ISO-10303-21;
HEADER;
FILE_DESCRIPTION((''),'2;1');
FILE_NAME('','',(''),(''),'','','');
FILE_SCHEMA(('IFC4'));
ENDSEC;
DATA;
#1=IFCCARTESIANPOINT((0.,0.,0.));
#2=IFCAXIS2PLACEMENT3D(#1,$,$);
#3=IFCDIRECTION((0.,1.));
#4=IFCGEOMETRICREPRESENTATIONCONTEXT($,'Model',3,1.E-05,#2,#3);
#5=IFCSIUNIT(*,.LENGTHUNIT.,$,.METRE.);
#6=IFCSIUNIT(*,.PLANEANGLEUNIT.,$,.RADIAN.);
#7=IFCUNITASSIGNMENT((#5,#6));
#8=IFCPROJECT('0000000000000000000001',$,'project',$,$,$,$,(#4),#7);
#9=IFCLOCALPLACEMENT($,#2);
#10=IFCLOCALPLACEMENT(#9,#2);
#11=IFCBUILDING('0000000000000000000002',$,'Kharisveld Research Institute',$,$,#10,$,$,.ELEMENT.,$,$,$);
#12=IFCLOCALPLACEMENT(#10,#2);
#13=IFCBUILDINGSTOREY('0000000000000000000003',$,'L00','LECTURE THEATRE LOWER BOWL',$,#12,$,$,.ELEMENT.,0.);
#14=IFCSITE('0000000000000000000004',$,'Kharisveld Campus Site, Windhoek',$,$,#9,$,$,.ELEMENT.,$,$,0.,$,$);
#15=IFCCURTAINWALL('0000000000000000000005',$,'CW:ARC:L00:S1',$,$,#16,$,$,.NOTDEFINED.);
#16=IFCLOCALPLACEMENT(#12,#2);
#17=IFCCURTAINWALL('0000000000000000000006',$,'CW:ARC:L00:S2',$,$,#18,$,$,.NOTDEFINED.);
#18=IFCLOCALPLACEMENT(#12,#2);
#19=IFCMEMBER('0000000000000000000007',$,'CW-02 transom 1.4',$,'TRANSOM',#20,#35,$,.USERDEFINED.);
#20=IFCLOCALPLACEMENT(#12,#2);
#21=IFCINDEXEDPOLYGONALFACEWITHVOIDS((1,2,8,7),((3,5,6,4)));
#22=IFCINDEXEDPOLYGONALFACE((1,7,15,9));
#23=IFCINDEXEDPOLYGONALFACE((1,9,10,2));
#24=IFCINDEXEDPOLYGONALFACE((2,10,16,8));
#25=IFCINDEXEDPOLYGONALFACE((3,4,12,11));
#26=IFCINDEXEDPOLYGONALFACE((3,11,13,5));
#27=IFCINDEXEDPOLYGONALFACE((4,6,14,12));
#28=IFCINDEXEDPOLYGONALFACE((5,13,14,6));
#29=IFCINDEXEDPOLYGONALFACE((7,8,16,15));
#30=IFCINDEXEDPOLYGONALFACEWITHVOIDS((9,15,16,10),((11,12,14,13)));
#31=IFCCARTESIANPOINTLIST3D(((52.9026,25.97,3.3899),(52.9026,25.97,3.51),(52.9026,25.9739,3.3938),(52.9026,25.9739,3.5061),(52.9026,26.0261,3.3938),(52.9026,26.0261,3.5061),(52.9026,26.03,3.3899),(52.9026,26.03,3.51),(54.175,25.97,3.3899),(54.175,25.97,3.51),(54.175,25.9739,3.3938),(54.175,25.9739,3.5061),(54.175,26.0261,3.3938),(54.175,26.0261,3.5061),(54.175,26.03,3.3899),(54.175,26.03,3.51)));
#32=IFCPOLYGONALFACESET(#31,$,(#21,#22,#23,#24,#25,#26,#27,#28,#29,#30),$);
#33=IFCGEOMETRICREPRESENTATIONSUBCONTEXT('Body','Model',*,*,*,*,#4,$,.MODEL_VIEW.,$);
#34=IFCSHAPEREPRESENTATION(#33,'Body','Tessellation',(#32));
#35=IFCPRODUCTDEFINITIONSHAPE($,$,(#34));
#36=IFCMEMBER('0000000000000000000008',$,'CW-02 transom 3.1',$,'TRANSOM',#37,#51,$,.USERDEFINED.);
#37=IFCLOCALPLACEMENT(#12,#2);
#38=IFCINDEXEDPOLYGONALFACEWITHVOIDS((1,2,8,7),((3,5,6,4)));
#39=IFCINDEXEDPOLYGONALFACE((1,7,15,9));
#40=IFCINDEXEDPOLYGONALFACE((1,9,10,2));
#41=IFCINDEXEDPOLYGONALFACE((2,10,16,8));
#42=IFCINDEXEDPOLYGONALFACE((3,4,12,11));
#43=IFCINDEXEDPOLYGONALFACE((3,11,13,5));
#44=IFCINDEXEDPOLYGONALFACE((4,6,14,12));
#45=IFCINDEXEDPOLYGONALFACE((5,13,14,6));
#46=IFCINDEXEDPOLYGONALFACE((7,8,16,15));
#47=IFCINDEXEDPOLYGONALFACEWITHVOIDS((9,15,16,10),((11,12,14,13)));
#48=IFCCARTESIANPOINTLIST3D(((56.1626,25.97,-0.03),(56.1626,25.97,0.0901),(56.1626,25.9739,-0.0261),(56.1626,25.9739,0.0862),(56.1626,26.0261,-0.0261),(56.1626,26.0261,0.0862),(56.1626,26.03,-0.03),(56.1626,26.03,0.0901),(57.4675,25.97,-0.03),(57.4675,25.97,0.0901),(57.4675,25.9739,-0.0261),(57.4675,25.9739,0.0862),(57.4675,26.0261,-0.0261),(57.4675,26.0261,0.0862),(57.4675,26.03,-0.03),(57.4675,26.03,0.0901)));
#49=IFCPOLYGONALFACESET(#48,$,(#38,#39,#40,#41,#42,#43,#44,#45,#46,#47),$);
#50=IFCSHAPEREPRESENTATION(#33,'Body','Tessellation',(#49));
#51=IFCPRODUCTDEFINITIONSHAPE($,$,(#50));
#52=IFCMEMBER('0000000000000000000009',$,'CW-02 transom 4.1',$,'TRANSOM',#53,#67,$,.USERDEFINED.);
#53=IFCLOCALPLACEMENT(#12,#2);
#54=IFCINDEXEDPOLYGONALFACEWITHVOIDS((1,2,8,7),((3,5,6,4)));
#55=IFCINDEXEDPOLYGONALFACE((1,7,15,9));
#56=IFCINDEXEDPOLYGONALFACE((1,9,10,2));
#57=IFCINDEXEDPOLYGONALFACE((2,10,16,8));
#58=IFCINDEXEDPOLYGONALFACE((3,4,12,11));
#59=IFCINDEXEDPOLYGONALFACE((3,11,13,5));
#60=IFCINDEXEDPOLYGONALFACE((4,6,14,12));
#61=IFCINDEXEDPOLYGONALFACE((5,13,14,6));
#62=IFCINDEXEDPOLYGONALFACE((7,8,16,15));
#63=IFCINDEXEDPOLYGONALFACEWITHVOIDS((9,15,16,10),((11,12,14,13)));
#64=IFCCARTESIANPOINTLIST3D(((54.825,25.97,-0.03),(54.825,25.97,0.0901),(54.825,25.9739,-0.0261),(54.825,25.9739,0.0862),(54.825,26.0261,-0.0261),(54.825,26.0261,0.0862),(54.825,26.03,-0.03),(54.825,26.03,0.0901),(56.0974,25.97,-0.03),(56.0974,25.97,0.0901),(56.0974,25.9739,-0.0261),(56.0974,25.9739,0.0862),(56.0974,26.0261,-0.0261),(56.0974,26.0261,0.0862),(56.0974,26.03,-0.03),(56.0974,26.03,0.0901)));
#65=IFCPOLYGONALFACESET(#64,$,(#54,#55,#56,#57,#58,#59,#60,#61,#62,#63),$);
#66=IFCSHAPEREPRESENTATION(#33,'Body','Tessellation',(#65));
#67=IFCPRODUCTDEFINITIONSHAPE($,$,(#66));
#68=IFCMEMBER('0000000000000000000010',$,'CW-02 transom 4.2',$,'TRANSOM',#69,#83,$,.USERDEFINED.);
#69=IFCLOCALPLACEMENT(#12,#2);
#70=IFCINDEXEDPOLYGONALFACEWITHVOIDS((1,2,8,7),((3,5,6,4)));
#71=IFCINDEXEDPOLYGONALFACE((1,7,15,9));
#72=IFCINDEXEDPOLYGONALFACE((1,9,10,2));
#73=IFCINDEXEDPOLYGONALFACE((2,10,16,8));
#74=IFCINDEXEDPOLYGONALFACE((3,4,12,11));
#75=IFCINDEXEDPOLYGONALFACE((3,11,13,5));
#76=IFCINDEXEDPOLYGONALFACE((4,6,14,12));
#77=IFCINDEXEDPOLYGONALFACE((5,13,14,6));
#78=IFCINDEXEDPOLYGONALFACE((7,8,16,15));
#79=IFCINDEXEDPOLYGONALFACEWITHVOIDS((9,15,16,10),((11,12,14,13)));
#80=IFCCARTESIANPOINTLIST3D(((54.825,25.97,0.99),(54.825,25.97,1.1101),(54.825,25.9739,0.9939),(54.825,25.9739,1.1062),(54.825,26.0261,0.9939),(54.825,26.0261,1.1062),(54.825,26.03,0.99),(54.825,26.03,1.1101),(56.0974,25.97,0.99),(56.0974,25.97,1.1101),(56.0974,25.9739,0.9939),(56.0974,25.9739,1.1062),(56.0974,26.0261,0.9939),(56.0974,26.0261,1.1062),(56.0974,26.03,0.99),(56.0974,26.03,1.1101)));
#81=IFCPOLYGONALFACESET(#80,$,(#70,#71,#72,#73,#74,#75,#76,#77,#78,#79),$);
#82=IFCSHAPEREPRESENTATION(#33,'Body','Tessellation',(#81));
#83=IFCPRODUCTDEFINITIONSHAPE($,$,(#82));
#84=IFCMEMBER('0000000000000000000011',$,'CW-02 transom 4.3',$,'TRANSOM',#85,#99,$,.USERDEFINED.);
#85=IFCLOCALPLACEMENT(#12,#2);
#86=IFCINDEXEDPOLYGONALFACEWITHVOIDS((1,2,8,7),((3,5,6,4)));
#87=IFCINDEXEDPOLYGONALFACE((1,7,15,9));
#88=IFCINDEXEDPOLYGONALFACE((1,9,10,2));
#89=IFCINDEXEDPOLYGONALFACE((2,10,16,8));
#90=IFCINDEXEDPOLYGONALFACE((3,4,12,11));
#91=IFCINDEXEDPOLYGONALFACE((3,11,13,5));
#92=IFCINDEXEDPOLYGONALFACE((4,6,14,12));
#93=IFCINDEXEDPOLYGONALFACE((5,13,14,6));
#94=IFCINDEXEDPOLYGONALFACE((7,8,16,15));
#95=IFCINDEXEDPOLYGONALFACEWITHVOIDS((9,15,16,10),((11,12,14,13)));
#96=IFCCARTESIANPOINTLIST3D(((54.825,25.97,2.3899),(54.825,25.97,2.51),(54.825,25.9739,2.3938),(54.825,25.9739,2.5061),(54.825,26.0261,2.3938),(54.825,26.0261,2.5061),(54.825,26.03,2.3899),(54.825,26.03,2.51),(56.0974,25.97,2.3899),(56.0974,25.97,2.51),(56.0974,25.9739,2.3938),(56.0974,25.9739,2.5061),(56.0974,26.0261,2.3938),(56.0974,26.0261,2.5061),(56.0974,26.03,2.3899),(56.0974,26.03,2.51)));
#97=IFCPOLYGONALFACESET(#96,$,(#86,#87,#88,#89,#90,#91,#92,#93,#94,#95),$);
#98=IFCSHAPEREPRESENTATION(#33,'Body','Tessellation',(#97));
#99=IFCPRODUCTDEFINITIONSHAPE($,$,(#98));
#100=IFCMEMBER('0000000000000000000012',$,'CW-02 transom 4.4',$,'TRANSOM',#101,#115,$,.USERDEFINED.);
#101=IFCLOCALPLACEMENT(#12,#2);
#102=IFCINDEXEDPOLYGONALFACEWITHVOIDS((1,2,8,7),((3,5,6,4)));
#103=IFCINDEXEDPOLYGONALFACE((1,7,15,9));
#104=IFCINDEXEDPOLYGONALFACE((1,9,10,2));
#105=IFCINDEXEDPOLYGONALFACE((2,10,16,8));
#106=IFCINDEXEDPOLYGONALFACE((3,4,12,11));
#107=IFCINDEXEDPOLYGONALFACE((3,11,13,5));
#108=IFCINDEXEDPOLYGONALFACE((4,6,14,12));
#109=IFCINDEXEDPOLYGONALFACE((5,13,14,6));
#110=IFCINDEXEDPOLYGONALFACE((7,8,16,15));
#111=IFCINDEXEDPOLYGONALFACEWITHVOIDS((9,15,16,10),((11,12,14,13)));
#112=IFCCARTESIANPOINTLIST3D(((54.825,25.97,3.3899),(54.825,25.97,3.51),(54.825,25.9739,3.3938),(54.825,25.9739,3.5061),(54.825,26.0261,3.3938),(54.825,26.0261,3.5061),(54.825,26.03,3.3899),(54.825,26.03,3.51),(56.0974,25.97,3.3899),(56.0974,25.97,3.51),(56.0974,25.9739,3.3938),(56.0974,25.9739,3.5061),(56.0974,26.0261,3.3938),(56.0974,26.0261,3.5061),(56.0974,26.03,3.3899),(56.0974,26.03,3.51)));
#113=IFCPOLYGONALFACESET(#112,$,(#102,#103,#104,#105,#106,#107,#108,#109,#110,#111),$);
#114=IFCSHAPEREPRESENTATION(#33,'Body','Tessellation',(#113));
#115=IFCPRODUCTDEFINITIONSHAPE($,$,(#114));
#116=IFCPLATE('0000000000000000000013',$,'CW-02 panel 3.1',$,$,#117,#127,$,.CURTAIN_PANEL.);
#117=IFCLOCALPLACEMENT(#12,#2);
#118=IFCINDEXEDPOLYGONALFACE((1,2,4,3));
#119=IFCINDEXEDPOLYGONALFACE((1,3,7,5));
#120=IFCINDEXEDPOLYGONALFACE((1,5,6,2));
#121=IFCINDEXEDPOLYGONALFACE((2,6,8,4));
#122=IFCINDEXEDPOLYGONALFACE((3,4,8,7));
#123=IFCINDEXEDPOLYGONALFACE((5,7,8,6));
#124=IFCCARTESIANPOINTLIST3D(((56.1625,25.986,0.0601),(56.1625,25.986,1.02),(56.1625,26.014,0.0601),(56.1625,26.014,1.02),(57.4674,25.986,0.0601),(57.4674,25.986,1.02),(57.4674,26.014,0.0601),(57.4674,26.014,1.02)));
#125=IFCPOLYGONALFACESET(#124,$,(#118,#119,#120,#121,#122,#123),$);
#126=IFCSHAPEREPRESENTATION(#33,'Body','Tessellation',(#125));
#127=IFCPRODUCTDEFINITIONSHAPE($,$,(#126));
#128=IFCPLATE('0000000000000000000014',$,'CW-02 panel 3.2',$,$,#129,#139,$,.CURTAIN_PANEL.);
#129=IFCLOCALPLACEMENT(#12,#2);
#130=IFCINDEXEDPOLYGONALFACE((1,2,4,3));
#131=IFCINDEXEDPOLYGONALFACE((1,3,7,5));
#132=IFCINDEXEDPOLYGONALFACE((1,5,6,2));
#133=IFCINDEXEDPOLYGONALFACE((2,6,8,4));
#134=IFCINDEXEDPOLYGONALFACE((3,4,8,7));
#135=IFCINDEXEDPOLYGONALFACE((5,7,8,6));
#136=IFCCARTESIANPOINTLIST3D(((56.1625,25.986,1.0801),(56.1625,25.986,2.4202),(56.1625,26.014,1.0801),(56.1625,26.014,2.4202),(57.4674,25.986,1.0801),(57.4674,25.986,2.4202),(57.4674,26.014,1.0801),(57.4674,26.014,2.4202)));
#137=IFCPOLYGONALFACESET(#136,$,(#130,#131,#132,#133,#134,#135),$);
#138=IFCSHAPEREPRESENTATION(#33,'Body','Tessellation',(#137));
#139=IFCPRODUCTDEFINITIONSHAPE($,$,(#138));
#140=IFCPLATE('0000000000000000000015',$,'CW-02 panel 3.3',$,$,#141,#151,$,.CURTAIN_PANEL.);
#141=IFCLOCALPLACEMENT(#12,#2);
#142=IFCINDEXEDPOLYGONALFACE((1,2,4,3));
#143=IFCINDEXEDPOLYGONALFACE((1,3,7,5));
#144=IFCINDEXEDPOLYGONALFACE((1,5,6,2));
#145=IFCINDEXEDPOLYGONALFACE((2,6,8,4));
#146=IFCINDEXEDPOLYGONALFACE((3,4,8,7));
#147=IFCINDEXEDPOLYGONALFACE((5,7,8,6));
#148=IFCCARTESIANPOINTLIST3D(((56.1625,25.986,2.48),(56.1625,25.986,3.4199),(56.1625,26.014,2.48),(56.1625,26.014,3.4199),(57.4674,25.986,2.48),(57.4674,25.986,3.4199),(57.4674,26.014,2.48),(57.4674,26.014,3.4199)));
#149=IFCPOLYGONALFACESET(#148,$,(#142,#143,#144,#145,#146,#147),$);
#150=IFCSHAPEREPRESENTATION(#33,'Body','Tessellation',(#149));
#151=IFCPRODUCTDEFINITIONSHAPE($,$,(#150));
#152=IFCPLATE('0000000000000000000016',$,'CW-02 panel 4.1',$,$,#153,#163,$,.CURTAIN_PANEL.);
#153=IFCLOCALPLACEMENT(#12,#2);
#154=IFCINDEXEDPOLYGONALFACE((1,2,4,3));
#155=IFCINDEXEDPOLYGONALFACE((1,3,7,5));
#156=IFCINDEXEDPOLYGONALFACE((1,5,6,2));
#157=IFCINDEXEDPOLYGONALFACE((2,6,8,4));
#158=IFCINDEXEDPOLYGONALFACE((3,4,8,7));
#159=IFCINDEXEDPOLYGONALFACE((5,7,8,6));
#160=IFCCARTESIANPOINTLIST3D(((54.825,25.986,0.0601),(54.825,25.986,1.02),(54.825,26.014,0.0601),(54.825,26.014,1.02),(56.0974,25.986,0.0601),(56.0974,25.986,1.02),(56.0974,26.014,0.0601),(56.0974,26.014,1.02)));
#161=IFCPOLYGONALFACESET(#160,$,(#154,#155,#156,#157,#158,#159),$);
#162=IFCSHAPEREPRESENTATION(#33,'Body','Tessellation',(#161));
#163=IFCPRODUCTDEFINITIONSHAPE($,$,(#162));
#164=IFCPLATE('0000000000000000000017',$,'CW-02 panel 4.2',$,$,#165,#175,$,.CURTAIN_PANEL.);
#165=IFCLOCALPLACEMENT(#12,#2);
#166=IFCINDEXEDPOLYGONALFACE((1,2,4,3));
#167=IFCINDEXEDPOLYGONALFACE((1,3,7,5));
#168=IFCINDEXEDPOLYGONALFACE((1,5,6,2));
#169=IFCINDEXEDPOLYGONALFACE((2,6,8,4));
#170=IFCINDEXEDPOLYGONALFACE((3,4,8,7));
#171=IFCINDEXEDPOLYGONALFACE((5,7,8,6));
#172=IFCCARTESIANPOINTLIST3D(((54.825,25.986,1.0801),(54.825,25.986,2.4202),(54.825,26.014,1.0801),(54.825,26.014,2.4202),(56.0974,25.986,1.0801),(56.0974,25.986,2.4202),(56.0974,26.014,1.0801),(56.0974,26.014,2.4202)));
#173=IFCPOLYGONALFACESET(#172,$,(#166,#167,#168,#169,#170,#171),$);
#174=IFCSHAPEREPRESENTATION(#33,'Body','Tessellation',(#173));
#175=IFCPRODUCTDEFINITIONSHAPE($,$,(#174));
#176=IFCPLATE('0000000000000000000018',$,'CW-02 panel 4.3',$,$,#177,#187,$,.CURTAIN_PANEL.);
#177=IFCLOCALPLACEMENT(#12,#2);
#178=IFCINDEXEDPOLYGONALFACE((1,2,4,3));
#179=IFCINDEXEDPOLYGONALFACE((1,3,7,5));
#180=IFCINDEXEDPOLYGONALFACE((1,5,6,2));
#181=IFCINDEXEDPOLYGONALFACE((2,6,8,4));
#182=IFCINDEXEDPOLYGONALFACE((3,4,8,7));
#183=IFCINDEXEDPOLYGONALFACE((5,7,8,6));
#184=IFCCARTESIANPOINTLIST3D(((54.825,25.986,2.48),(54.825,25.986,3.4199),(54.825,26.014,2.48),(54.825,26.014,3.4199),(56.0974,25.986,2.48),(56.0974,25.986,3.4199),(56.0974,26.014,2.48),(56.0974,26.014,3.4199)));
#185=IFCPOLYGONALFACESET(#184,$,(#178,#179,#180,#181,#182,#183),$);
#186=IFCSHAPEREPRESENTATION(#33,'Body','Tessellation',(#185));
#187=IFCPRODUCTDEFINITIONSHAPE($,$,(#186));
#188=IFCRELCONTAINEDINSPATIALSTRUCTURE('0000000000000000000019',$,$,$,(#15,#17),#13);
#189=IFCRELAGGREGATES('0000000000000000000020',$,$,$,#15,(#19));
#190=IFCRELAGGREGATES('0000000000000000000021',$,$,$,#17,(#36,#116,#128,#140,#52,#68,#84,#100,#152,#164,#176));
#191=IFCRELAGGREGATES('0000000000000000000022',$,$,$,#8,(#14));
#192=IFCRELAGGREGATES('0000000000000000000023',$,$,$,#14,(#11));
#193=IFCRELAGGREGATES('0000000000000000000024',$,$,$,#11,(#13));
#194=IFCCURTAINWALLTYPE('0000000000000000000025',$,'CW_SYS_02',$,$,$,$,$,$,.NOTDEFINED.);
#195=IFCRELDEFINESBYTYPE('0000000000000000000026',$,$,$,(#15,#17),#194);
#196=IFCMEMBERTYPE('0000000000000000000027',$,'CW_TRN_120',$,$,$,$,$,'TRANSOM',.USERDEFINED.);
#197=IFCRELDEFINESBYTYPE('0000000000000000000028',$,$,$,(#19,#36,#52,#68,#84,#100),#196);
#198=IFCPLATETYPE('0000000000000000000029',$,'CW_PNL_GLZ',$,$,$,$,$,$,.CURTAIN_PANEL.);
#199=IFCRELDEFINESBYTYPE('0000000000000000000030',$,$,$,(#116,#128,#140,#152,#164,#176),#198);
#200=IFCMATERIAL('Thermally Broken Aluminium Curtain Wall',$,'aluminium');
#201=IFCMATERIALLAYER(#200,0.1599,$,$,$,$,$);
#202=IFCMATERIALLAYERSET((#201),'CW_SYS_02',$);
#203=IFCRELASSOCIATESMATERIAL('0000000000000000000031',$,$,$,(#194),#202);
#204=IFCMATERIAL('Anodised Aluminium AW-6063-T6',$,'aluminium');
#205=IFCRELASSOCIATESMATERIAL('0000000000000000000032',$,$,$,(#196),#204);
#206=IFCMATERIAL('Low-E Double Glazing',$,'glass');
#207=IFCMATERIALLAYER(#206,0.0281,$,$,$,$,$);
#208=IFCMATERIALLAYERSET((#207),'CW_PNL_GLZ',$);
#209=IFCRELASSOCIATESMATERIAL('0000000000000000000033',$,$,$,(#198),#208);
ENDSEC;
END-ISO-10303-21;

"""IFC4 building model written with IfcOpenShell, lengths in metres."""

from ifc_helpers import new_model, si_unit, direction, frame, origin, origin_2d, place, context, subcontext, project, spatial, rectangle, hollow_rectangle, extrude, material, layer, layer_set, material_profile, profile_set, type_object, element, aggregate, save


model = new_model("IFC4")

# Units and contexts
model_context = context("Model", 3, precision=1e-05, world=origin(), true_north=direction((0.0, 1.0)))
body_context = subcontext(model_context, "Body", "Model", "MODEL_VIEW")
ifc_project = project(units=[si_unit("LENGTHUNIT", "METRE"), si_unit("PLANEANGLEUNIT", "RADIAN")], contexts=[model_context])

# Site, building, storey
site_placement = place(None, origin())
site = spatial("IfcSite", under=ifc_project, at=site_placement, Name="Kharisveld Campus Site, Windhoek", CompositionType="ELEMENT", RefElevation=0.0)
building_placement = place(site_placement, origin())
building = spatial("IfcBuilding", under=site, at=building_placement, Name="Kharisveld Research Institute", CompositionType="ELEMENT")
storey_placement = place(building_placement, origin())
storey = spatial("IfcBuildingStorey", under=building, at=storey_placement, Name="L00", Description="LECTURE THEATRE LOWER BOWL", CompositionType="ELEMENT", Elevation=0.0)

# Curtain wall
ifc_material_1 = material(Name="Thermally Broken Aluminium Curtain Wall", Category="aluminium")
ifc_layer_1 = layer(ifc_material_1, 0.1599)
ifc_layer_set_1 = layer_set([ifc_layer_1], Name="CW_SYS_02")
curtain_wall_type = type_object("IfcCurtainWallType", Name="CW_SYS_02", PredefinedType="NOTDEFINED", material=ifc_layer_set_1)
curtain_wall_1_placement = place(storey_placement, origin())
curtain_wall_1 = element("IfcCurtainWall", 1, at=curtain_wall_1_placement, inside=storey, type_object=curtain_wall_type, Name="CW:ARC:L00:S1", PredefinedType="NOTDEFINED")

# Curtain wall
curtain_wall_2_placement = place(storey_placement, origin())
curtain_wall_2 = element("IfcCurtainWall", 2, at=curtain_wall_2_placement, inside=storey, type_object=curtain_wall_type, Name="CW:ARC:L00:S2", PredefinedType="NOTDEFINED")

# Members
ifc_material_2 = material(Name="Anodised Aluminium AW-6063-T6", Category="aluminium")
ifc_material_profile_1 = material_profile(ifc_material_2, hollow_rectangle(XDim=0.0601, YDim=0.1201, WallThickness=0.0039, at=origin_2d()))
ifc_profile_set_1 = profile_set([ifc_material_profile_1], Name="Anodised Aluminium AW-6063-T6")
member_type_1 = type_object("IfcMemberType", Name="CW_TRN_120", ElementType="TRANSOM", PredefinedType="USERDEFINED", material=ifc_profile_set_1)
member_1_placement = place(storey_placement, frame((54.175, 26.0, 3.45), z_axis=(-1.0, 0.0, 0.0), x_axis=(0.0, -1.0, 0.0)))
member_1 = element("IfcMember", 3, at=member_1_placement, type_object=member_type_1, Name="CW-02 transom 1.4", ObjectType="TRANSOM", PredefinedType="USERDEFINED", context=body_context, shape_type="SweptSolid", body=[
    extrude(hollow_rectangle(XDim=0.0601, YDim=0.1201, WallThickness=0.0039, at=origin_2d()), origin(), (0.0, 0.0, 1.0), 1.2725),
])
aggregate(curtain_wall_1, [member_1])
member_2_placement = place(storey_placement, frame((57.4675, 26.0, 0.03), z_axis=(-1.0, 0.0, 0.0), x_axis=(0.0, -1.0, 0.0)))
member_2 = element("IfcMember", 4, at=member_2_placement, type_object=member_type_1, Name="CW-02 transom 3.1", ObjectType="TRANSOM", PredefinedType="USERDEFINED", context=body_context, shape_type="SweptSolid", body=[
    extrude(hollow_rectangle(XDim=0.0601, YDim=0.1201, WallThickness=0.0039, at=origin_2d()), origin(), (0.0, 0.0, 1.0), 1.3049),
])
member_3_placement = place(storey_placement, frame((56.0974, 26.0, 0.03), z_axis=(-1.0, 0.0, 0.0), x_axis=(0.0, -1.0, 0.0)))
member_3 = element("IfcMember", 5, at=member_3_placement, type_object=member_type_1, Name="CW-02 transom 4.1", ObjectType="TRANSOM", PredefinedType="USERDEFINED", context=body_context, shape_type="SweptSolid", body=[
    extrude(hollow_rectangle(XDim=0.0601, YDim=0.1201, WallThickness=0.0039, at=origin_2d()), origin(), (0.0, 0.0, 1.0), 1.2725),
])
member_4_placement = place(storey_placement, frame((56.0974, 26.0, 1.05), z_axis=(-1.0, 0.0, 0.0), x_axis=(0.0, -1.0, 0.0)))
member_4 = element("IfcMember", 6, at=member_4_placement, type_object=member_type_1, Name="CW-02 transom 4.2", ObjectType="TRANSOM", PredefinedType="USERDEFINED", context=body_context, shape_type="SweptSolid", body=[
    extrude(hollow_rectangle(XDim=0.0601, YDim=0.1201, WallThickness=0.0039, at=origin_2d()), origin(), (0.0, 0.0, 1.0), 1.2725),
])
member_5_placement = place(storey_placement, frame((56.0974, 26.0, 2.45), z_axis=(-1.0, 0.0, 0.0), x_axis=(0.0, -1.0, 0.0)))
member_5 = element("IfcMember", 7, at=member_5_placement, type_object=member_type_1, Name="CW-02 transom 4.3", ObjectType="TRANSOM", PredefinedType="USERDEFINED", context=body_context, shape_type="SweptSolid", body=[
    extrude(hollow_rectangle(XDim=0.0601, YDim=0.1201, WallThickness=0.0039, at=origin_2d()), origin(), (0.0, 0.0, 1.0), 1.2725),
])
member_6_placement = place(storey_placement, frame((56.0974, 26.0, 3.45), z_axis=(-1.0, 0.0, 0.0), x_axis=(0.0, -1.0, 0.0)))
member_6 = element("IfcMember", 8, at=member_6_placement, type_object=member_type_1, Name="CW-02 transom 4.4", ObjectType="TRANSOM", PredefinedType="USERDEFINED", context=body_context, shape_type="SweptSolid", body=[
    extrude(hollow_rectangle(XDim=0.0601, YDim=0.1201, WallThickness=0.0039, at=origin_2d()), origin(), (0.0, 0.0, 1.0), 1.2725),
])

# Plates
ifc_material_3 = material(Name="Low-E Double Glazing", Category="glass")
ifc_layer_2 = layer(ifc_material_3, 0.0281)
ifc_layer_set_2 = layer_set([ifc_layer_2], Name="CW_PNL_GLZ")
plate_type = type_object("IfcPlateType", Name="CW_PNL_GLZ", PredefinedType="CURTAIN_PANEL", material=ifc_layer_set_2)
plate_1_placement = place(storey_placement, frame((56.8149, 26.0, 0.0601), z_axis=(0.0, 0.0, 1.0), x_axis=(-1.0, 0.0, 0.0)))
plate_1 = element("IfcPlate", 9, at=plate_1_placement, type_object=plate_type, Name="CW-02 panel 3.1", PredefinedType="CURTAIN_PANEL", context=body_context, shape_type="SweptSolid", body=[
    extrude(rectangle(XDim=1.3049, YDim=0.0281, at=origin_2d()), origin(), (0.0, 0.0, 1.0), 0.96),
])
plate_2_placement = place(storey_placement, frame((56.8149, 26.0, 1.0801), z_axis=(0.0, 0.0, 1.0), x_axis=(-1.0, 0.0, 0.0)))
plate_2 = element("IfcPlate", 10, at=plate_2_placement, type_object=plate_type, Name="CW-02 panel 3.2", PredefinedType="CURTAIN_PANEL", context=body_context, shape_type="SweptSolid", body=[
    extrude(rectangle(XDim=1.3049, YDim=0.0281, at=origin_2d()), origin(), (0.0, 0.0, 1.0), 1.3401),
])
plate_3_placement = place(storey_placement, frame((56.8149, 26.0, 2.48), z_axis=(0.0, 0.0, 1.0), x_axis=(-1.0, 0.0, 0.0)))
plate_3 = element("IfcPlate", 11, at=plate_3_placement, type_object=plate_type, Name="CW-02 panel 3.3", PredefinedType="CURTAIN_PANEL", context=body_context, shape_type="SweptSolid", body=[
    extrude(rectangle(XDim=1.3049, YDim=0.0281, at=origin_2d()), origin(), (0.0, 0.0, 1.0), 0.9399),
])
plate_4_placement = place(storey_placement, frame((55.4612, 26.0, 0.0601), z_axis=(0.0, 0.0, 1.0), x_axis=(-1.0, 0.0, 0.0)))
plate_4 = element("IfcPlate", 12, at=plate_4_placement, type_object=plate_type, Name="CW-02 panel 4.1", PredefinedType="CURTAIN_PANEL", context=body_context, shape_type="SweptSolid", body=[
    extrude(rectangle(XDim=1.2725, YDim=0.0281, at=origin_2d()), origin(), (0.0, 0.0, 1.0), 0.96),
])
plate_5_placement = place(storey_placement, frame((55.4612, 26.0, 1.0801), z_axis=(0.0, 0.0, 1.0), x_axis=(-1.0, 0.0, 0.0)))
plate_5 = element("IfcPlate", 13, at=plate_5_placement, type_object=plate_type, Name="CW-02 panel 4.2", PredefinedType="CURTAIN_PANEL", context=body_context, shape_type="SweptSolid", body=[
    extrude(rectangle(XDim=1.2725, YDim=0.0281, at=origin_2d()), origin(), (0.0, 0.0, 1.0), 1.3401),
])
plate_6_placement = place(storey_placement, frame((55.4612, 26.0, 2.48), z_axis=(0.0, 0.0, 1.0), x_axis=(-1.0, 0.0, 0.0)))
plate_6 = element("IfcPlate", 14, at=plate_6_placement, type_object=plate_type, Name="CW-02 panel 4.3", PredefinedType="CURTAIN_PANEL", context=body_context, shape_type="SweptSolid", body=[
    extrude(rectangle(XDim=1.2725, YDim=0.0281, at=origin_2d()), origin(), (0.0, 0.0, 1.0), 0.9399),
])
aggregate(curtain_wall_2, [member_2, plate_1, plate_2, plate_3, member_3, member_4, member_5, member_6, plate_4, plate_5, plate_6])

save(model, "model.ifc")
